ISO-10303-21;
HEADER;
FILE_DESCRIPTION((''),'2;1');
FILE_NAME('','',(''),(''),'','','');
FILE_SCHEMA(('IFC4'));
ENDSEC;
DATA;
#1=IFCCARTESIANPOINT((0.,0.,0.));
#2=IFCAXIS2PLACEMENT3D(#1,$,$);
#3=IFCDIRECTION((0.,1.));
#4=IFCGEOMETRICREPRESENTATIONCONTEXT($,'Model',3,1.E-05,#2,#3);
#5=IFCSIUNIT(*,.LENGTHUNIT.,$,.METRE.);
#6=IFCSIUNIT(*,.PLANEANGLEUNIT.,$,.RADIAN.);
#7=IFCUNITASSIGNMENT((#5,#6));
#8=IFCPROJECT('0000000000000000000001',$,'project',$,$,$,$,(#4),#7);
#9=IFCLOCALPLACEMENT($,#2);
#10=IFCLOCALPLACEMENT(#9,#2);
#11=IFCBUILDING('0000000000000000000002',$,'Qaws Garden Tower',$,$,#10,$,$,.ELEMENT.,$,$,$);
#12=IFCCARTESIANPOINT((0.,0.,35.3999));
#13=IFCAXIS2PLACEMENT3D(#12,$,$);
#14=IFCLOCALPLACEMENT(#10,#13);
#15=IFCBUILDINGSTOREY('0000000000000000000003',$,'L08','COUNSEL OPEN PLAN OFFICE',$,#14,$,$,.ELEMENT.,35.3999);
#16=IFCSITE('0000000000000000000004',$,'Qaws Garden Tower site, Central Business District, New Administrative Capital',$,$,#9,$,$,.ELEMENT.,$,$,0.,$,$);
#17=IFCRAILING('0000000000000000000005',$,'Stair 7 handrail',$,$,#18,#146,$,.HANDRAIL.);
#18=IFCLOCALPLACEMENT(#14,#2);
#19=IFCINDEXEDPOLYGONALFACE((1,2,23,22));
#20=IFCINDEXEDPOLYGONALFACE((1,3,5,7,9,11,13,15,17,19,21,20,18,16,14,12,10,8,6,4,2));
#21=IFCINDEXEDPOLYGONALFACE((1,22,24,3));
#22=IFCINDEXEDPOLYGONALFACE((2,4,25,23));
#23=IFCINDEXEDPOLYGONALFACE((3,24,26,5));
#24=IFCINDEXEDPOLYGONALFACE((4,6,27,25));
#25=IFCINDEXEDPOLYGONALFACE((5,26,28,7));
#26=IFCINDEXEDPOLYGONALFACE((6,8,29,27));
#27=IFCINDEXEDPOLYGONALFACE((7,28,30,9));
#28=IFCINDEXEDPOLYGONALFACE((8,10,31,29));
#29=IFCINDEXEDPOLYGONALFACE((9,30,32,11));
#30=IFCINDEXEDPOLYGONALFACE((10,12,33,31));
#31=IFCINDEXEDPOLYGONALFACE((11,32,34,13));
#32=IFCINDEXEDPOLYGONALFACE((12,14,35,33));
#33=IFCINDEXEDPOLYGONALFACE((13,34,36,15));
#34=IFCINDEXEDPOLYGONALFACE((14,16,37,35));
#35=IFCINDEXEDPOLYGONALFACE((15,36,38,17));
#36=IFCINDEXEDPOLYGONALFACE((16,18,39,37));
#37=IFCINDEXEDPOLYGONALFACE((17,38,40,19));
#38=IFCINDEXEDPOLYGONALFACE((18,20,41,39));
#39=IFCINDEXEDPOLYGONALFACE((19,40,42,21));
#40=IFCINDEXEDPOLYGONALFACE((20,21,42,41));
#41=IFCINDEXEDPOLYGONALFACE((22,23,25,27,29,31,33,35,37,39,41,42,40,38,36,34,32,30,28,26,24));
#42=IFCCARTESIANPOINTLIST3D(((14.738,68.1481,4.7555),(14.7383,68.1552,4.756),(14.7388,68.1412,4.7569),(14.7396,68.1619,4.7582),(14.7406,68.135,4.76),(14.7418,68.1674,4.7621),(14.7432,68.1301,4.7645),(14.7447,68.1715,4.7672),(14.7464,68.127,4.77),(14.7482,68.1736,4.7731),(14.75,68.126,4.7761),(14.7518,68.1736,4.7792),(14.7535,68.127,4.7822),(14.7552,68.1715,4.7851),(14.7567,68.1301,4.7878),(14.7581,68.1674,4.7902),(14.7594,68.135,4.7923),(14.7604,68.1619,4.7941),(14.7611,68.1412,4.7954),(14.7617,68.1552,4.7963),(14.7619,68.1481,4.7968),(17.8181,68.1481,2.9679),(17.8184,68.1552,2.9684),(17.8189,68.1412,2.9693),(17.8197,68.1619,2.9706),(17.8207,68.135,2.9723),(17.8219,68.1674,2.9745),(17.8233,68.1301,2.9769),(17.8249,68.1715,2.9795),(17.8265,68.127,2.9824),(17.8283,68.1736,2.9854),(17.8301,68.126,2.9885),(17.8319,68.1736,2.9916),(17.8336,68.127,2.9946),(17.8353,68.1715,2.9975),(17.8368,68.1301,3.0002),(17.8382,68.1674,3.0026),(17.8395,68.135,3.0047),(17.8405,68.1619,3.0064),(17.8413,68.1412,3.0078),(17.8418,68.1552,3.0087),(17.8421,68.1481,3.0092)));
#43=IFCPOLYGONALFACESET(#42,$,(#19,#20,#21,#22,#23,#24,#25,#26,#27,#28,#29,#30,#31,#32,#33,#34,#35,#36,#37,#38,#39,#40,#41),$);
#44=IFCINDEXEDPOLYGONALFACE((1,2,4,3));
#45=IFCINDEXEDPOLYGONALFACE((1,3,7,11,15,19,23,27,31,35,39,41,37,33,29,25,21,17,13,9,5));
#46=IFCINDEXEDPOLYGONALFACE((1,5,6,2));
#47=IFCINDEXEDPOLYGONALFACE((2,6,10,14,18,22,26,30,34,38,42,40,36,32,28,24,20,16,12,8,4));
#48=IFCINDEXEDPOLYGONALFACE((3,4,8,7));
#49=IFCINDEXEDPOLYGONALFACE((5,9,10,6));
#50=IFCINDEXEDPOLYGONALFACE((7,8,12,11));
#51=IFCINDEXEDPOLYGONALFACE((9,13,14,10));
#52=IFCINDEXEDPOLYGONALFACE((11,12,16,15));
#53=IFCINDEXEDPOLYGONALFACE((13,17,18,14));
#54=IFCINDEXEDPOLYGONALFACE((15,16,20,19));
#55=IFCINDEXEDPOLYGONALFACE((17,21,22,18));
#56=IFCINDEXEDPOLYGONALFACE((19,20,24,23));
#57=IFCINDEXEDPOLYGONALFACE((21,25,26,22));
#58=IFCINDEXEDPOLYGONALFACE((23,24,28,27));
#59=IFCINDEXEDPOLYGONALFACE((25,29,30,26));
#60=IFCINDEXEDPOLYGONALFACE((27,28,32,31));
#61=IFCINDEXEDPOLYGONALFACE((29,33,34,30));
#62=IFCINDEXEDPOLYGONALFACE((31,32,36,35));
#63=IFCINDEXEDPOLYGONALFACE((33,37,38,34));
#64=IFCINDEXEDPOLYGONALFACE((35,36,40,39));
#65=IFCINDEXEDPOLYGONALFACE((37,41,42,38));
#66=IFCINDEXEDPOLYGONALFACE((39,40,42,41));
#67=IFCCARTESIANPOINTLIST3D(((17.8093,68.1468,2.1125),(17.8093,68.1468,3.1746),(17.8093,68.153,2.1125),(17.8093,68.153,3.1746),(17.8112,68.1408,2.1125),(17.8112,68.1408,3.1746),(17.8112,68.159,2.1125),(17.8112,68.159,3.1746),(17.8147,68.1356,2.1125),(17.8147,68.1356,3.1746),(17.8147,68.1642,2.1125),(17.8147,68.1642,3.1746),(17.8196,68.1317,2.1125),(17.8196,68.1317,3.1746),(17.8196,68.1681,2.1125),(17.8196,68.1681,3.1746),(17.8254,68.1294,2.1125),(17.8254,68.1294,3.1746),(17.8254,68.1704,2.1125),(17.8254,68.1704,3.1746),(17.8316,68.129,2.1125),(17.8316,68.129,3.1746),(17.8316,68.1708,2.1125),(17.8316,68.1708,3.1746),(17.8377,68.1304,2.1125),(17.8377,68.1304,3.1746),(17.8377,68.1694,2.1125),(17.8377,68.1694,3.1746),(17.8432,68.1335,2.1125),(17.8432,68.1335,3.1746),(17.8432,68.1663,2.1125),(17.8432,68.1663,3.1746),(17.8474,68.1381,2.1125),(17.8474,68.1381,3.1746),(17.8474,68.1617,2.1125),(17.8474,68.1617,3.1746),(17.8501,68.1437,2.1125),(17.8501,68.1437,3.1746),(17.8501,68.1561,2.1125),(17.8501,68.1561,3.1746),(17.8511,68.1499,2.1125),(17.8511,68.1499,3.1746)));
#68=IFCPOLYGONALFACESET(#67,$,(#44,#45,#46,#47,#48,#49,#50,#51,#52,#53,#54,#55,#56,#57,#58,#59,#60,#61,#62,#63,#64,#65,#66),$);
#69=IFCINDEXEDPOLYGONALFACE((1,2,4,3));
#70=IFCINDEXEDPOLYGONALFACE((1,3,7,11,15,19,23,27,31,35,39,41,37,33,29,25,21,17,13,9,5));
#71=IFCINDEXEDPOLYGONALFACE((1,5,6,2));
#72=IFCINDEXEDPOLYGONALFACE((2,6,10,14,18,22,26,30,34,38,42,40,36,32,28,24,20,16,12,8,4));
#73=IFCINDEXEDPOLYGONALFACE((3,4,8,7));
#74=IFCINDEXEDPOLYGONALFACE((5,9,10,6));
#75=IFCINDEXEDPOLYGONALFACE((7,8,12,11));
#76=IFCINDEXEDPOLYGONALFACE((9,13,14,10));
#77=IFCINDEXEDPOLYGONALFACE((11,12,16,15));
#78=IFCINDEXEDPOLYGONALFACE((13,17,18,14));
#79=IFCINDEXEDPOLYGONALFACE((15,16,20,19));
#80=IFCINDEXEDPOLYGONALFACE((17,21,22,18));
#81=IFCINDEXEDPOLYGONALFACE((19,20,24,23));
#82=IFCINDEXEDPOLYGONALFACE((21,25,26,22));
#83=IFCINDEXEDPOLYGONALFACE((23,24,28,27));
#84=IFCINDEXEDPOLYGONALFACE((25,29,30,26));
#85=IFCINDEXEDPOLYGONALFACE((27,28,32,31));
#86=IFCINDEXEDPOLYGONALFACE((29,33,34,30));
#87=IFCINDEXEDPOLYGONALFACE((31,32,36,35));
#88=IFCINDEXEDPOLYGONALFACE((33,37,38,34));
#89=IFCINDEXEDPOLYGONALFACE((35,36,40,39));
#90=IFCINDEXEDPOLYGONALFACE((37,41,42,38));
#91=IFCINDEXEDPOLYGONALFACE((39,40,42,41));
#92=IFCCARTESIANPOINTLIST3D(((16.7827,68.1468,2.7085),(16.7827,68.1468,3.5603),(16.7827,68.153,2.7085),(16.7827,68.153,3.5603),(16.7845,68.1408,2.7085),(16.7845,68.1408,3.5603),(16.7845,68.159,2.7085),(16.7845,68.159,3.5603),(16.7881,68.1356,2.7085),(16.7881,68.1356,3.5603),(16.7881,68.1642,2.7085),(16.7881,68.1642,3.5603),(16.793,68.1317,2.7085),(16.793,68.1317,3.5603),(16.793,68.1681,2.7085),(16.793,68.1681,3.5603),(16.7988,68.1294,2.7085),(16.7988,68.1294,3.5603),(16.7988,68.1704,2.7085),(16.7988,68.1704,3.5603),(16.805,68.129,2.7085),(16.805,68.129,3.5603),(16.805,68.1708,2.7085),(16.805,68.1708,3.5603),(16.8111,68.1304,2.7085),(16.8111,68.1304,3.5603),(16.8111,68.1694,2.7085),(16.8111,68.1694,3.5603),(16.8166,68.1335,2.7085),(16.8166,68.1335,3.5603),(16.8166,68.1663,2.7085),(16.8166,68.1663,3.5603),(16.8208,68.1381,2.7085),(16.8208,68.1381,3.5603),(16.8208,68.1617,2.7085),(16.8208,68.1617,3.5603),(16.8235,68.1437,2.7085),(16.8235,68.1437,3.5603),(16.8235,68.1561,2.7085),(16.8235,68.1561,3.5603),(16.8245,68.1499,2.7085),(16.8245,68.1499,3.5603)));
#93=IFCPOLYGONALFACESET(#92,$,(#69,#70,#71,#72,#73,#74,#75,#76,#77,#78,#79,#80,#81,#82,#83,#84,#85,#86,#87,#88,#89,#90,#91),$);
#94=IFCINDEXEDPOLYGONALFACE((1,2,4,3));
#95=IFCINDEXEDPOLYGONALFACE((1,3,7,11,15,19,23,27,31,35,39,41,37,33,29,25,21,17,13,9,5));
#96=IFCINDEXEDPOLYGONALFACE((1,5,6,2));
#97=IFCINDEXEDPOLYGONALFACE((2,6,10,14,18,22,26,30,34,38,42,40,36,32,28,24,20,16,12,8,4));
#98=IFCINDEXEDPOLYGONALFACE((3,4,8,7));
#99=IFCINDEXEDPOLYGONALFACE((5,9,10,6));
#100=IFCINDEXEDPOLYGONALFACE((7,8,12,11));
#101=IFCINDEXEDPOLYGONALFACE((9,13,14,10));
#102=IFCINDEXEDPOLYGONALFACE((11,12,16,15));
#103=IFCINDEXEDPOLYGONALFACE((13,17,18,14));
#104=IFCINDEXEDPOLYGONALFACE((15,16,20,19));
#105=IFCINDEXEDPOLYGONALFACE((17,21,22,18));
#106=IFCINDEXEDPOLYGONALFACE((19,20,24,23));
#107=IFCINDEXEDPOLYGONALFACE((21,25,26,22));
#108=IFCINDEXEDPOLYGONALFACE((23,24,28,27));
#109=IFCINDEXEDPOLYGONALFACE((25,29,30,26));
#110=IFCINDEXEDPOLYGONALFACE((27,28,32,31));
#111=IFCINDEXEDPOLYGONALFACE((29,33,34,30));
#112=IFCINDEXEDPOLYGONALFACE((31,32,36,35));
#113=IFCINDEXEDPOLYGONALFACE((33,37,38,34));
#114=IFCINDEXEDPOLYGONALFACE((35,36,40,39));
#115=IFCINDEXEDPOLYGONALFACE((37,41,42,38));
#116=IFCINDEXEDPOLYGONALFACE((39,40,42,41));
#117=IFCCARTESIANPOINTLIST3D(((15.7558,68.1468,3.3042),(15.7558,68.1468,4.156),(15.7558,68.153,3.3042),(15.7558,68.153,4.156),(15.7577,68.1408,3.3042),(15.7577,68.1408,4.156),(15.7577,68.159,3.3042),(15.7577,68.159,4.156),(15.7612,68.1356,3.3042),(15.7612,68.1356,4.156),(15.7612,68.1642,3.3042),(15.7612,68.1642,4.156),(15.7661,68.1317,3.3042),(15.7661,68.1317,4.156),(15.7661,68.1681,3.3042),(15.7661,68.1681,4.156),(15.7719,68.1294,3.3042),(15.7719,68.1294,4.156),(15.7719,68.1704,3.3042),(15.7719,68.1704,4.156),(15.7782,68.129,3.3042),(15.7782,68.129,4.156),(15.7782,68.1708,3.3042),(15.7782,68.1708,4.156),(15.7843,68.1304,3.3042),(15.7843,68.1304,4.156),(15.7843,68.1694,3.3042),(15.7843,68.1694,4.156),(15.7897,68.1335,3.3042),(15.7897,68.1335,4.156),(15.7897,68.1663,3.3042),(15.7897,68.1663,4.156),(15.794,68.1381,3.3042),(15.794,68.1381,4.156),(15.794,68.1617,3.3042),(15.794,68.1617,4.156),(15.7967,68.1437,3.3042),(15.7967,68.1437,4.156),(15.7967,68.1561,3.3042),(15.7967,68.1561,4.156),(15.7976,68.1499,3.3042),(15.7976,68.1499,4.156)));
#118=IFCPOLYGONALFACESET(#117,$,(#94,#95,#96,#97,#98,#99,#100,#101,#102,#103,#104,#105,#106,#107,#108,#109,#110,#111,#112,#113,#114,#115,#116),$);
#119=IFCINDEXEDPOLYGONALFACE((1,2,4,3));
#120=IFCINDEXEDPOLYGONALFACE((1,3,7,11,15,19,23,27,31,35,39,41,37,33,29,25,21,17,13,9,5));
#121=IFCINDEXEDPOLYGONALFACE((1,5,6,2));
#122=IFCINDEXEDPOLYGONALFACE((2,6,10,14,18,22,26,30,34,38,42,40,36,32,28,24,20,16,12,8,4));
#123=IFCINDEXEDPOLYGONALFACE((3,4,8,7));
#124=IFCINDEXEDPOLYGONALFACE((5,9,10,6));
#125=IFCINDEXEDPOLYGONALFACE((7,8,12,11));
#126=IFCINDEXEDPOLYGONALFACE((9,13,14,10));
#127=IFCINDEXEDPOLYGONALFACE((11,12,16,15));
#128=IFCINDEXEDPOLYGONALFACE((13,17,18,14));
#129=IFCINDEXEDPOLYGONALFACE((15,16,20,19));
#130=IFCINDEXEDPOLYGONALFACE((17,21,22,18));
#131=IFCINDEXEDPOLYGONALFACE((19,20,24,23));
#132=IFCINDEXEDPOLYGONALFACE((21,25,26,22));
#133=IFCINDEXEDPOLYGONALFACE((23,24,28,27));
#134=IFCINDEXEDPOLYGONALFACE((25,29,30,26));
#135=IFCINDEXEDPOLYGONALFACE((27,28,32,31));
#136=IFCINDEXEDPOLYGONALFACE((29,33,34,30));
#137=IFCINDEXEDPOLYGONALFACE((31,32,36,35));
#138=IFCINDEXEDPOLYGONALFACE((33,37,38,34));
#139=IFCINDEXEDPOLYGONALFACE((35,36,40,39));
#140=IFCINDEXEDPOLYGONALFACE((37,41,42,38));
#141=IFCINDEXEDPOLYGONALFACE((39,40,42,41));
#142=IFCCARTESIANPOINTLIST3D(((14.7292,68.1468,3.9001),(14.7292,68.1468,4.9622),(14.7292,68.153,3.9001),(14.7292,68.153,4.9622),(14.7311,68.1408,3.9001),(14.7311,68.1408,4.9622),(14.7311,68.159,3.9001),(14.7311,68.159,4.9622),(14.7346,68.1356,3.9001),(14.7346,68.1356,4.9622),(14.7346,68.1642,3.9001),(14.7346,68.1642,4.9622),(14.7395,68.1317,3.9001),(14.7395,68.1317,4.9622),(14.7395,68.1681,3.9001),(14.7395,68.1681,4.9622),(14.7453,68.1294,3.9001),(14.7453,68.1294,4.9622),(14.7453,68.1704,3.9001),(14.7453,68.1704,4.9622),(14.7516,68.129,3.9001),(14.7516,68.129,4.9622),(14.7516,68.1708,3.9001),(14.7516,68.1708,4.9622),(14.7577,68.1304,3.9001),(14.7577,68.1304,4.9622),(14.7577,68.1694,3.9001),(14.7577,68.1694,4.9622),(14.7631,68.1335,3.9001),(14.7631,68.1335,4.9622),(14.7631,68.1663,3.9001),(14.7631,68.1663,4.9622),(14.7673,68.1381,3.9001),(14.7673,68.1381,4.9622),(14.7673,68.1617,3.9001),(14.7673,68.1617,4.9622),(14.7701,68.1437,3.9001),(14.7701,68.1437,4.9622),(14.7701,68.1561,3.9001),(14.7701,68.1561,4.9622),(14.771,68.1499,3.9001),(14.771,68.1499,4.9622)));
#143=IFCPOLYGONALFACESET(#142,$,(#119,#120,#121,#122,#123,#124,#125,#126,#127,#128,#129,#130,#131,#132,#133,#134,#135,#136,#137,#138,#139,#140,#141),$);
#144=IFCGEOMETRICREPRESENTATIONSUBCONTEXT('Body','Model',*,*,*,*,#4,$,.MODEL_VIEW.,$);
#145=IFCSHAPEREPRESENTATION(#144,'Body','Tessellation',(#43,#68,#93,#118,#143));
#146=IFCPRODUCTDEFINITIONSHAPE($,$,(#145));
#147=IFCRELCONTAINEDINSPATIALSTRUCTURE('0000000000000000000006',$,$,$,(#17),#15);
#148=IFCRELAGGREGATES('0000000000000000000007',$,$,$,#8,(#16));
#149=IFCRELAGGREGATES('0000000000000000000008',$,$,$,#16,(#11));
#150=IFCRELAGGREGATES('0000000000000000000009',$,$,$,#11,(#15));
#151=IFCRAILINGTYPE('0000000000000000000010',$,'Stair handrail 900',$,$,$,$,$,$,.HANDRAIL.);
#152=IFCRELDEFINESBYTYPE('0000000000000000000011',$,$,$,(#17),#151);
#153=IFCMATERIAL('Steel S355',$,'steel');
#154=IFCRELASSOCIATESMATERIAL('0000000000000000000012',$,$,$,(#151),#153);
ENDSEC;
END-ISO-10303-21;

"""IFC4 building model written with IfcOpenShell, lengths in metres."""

from ifc_helpers import new_model, si_unit, direction, frame, origin, origin_2d, place, context, subcontext, project, spatial, circle, extrude, material, type_object, element, save


model = new_model("IFC4")

# Units and contexts
model_context = context("Model", 3, precision=1e-05, world=origin(), true_north=direction((0.0, 1.0)))
body_context = subcontext(model_context, "Body", "Model", "MODEL_VIEW")
ifc_project = project(units=[si_unit("LENGTHUNIT", "METRE"), si_unit("PLANEANGLEUNIT", "RADIAN")], contexts=[model_context])

# Site, building, storey
site_placement = place(None, origin())
site = spatial("IfcSite", under=ifc_project, at=site_placement, Name="Qaws Garden Tower site, Central Business District, New Administrative Capital", CompositionType="ELEMENT", RefElevation=0.0)
building_placement = place(site_placement, origin())
building = spatial("IfcBuilding", under=site, at=building_placement, Name="Qaws Garden Tower", CompositionType="ELEMENT")
storey_placement = place(building_placement, frame((0.0, 0.0, 35.3999)))
storey = spatial("IfcBuildingStorey", under=building, at=storey_placement, Name="L08", Description="COUNSEL OPEN PLAN OFFICE", CompositionType="ELEMENT", Elevation=35.3999)

# Railing
ifc_material_1 = material(Name="Steel S355", Category="steel")
railing_type = type_object("IfcRailingType", Name="Stair handrail 900", PredefinedType="HANDRAIL", material=ifc_material_1)
railing_placement = place(storey_placement, frame((17.8301, 68.1499, 2.1125)))
element("IfcRailing", 1, at=railing_placement, inside=storey, type_object=railing_type, Name="Stair 7 handrail", PredefinedType="HANDRAIL", context=body_context, shape_type="SweptSolid", body=[
    extrude(circle(Radius=0.0239, at=origin_2d()), frame((0.0, 0.0, 0.876), z_axis=(-0.864891, 0.0, 0.50196), x_axis=(0.0, -1.0, 0.0)), (0.0, 0.0, 1.0), 3.5613),
    extrude(circle(Radius=0.021, at=origin_2d()), origin(), (0.0, 0.0, 1.0), 1.062),
    extrude(circle(Radius=0.021, at=origin_2d()), frame((-1.0266, 0.0, 0.5959)), (0.0, 0.0, 1.0), 0.8518),
    extrude(circle(Radius=0.021, at=origin_2d()), frame((-2.0535, 0.0, 1.1917)), (0.0, 0.0, 1.0), 0.8518),
    extrude(circle(Radius=0.021, at=origin_2d()), frame((-3.0801, 0.0, 1.7876)), (0.0, 0.0, 1.0), 1.062),
])

save(model, "model.ifc")
